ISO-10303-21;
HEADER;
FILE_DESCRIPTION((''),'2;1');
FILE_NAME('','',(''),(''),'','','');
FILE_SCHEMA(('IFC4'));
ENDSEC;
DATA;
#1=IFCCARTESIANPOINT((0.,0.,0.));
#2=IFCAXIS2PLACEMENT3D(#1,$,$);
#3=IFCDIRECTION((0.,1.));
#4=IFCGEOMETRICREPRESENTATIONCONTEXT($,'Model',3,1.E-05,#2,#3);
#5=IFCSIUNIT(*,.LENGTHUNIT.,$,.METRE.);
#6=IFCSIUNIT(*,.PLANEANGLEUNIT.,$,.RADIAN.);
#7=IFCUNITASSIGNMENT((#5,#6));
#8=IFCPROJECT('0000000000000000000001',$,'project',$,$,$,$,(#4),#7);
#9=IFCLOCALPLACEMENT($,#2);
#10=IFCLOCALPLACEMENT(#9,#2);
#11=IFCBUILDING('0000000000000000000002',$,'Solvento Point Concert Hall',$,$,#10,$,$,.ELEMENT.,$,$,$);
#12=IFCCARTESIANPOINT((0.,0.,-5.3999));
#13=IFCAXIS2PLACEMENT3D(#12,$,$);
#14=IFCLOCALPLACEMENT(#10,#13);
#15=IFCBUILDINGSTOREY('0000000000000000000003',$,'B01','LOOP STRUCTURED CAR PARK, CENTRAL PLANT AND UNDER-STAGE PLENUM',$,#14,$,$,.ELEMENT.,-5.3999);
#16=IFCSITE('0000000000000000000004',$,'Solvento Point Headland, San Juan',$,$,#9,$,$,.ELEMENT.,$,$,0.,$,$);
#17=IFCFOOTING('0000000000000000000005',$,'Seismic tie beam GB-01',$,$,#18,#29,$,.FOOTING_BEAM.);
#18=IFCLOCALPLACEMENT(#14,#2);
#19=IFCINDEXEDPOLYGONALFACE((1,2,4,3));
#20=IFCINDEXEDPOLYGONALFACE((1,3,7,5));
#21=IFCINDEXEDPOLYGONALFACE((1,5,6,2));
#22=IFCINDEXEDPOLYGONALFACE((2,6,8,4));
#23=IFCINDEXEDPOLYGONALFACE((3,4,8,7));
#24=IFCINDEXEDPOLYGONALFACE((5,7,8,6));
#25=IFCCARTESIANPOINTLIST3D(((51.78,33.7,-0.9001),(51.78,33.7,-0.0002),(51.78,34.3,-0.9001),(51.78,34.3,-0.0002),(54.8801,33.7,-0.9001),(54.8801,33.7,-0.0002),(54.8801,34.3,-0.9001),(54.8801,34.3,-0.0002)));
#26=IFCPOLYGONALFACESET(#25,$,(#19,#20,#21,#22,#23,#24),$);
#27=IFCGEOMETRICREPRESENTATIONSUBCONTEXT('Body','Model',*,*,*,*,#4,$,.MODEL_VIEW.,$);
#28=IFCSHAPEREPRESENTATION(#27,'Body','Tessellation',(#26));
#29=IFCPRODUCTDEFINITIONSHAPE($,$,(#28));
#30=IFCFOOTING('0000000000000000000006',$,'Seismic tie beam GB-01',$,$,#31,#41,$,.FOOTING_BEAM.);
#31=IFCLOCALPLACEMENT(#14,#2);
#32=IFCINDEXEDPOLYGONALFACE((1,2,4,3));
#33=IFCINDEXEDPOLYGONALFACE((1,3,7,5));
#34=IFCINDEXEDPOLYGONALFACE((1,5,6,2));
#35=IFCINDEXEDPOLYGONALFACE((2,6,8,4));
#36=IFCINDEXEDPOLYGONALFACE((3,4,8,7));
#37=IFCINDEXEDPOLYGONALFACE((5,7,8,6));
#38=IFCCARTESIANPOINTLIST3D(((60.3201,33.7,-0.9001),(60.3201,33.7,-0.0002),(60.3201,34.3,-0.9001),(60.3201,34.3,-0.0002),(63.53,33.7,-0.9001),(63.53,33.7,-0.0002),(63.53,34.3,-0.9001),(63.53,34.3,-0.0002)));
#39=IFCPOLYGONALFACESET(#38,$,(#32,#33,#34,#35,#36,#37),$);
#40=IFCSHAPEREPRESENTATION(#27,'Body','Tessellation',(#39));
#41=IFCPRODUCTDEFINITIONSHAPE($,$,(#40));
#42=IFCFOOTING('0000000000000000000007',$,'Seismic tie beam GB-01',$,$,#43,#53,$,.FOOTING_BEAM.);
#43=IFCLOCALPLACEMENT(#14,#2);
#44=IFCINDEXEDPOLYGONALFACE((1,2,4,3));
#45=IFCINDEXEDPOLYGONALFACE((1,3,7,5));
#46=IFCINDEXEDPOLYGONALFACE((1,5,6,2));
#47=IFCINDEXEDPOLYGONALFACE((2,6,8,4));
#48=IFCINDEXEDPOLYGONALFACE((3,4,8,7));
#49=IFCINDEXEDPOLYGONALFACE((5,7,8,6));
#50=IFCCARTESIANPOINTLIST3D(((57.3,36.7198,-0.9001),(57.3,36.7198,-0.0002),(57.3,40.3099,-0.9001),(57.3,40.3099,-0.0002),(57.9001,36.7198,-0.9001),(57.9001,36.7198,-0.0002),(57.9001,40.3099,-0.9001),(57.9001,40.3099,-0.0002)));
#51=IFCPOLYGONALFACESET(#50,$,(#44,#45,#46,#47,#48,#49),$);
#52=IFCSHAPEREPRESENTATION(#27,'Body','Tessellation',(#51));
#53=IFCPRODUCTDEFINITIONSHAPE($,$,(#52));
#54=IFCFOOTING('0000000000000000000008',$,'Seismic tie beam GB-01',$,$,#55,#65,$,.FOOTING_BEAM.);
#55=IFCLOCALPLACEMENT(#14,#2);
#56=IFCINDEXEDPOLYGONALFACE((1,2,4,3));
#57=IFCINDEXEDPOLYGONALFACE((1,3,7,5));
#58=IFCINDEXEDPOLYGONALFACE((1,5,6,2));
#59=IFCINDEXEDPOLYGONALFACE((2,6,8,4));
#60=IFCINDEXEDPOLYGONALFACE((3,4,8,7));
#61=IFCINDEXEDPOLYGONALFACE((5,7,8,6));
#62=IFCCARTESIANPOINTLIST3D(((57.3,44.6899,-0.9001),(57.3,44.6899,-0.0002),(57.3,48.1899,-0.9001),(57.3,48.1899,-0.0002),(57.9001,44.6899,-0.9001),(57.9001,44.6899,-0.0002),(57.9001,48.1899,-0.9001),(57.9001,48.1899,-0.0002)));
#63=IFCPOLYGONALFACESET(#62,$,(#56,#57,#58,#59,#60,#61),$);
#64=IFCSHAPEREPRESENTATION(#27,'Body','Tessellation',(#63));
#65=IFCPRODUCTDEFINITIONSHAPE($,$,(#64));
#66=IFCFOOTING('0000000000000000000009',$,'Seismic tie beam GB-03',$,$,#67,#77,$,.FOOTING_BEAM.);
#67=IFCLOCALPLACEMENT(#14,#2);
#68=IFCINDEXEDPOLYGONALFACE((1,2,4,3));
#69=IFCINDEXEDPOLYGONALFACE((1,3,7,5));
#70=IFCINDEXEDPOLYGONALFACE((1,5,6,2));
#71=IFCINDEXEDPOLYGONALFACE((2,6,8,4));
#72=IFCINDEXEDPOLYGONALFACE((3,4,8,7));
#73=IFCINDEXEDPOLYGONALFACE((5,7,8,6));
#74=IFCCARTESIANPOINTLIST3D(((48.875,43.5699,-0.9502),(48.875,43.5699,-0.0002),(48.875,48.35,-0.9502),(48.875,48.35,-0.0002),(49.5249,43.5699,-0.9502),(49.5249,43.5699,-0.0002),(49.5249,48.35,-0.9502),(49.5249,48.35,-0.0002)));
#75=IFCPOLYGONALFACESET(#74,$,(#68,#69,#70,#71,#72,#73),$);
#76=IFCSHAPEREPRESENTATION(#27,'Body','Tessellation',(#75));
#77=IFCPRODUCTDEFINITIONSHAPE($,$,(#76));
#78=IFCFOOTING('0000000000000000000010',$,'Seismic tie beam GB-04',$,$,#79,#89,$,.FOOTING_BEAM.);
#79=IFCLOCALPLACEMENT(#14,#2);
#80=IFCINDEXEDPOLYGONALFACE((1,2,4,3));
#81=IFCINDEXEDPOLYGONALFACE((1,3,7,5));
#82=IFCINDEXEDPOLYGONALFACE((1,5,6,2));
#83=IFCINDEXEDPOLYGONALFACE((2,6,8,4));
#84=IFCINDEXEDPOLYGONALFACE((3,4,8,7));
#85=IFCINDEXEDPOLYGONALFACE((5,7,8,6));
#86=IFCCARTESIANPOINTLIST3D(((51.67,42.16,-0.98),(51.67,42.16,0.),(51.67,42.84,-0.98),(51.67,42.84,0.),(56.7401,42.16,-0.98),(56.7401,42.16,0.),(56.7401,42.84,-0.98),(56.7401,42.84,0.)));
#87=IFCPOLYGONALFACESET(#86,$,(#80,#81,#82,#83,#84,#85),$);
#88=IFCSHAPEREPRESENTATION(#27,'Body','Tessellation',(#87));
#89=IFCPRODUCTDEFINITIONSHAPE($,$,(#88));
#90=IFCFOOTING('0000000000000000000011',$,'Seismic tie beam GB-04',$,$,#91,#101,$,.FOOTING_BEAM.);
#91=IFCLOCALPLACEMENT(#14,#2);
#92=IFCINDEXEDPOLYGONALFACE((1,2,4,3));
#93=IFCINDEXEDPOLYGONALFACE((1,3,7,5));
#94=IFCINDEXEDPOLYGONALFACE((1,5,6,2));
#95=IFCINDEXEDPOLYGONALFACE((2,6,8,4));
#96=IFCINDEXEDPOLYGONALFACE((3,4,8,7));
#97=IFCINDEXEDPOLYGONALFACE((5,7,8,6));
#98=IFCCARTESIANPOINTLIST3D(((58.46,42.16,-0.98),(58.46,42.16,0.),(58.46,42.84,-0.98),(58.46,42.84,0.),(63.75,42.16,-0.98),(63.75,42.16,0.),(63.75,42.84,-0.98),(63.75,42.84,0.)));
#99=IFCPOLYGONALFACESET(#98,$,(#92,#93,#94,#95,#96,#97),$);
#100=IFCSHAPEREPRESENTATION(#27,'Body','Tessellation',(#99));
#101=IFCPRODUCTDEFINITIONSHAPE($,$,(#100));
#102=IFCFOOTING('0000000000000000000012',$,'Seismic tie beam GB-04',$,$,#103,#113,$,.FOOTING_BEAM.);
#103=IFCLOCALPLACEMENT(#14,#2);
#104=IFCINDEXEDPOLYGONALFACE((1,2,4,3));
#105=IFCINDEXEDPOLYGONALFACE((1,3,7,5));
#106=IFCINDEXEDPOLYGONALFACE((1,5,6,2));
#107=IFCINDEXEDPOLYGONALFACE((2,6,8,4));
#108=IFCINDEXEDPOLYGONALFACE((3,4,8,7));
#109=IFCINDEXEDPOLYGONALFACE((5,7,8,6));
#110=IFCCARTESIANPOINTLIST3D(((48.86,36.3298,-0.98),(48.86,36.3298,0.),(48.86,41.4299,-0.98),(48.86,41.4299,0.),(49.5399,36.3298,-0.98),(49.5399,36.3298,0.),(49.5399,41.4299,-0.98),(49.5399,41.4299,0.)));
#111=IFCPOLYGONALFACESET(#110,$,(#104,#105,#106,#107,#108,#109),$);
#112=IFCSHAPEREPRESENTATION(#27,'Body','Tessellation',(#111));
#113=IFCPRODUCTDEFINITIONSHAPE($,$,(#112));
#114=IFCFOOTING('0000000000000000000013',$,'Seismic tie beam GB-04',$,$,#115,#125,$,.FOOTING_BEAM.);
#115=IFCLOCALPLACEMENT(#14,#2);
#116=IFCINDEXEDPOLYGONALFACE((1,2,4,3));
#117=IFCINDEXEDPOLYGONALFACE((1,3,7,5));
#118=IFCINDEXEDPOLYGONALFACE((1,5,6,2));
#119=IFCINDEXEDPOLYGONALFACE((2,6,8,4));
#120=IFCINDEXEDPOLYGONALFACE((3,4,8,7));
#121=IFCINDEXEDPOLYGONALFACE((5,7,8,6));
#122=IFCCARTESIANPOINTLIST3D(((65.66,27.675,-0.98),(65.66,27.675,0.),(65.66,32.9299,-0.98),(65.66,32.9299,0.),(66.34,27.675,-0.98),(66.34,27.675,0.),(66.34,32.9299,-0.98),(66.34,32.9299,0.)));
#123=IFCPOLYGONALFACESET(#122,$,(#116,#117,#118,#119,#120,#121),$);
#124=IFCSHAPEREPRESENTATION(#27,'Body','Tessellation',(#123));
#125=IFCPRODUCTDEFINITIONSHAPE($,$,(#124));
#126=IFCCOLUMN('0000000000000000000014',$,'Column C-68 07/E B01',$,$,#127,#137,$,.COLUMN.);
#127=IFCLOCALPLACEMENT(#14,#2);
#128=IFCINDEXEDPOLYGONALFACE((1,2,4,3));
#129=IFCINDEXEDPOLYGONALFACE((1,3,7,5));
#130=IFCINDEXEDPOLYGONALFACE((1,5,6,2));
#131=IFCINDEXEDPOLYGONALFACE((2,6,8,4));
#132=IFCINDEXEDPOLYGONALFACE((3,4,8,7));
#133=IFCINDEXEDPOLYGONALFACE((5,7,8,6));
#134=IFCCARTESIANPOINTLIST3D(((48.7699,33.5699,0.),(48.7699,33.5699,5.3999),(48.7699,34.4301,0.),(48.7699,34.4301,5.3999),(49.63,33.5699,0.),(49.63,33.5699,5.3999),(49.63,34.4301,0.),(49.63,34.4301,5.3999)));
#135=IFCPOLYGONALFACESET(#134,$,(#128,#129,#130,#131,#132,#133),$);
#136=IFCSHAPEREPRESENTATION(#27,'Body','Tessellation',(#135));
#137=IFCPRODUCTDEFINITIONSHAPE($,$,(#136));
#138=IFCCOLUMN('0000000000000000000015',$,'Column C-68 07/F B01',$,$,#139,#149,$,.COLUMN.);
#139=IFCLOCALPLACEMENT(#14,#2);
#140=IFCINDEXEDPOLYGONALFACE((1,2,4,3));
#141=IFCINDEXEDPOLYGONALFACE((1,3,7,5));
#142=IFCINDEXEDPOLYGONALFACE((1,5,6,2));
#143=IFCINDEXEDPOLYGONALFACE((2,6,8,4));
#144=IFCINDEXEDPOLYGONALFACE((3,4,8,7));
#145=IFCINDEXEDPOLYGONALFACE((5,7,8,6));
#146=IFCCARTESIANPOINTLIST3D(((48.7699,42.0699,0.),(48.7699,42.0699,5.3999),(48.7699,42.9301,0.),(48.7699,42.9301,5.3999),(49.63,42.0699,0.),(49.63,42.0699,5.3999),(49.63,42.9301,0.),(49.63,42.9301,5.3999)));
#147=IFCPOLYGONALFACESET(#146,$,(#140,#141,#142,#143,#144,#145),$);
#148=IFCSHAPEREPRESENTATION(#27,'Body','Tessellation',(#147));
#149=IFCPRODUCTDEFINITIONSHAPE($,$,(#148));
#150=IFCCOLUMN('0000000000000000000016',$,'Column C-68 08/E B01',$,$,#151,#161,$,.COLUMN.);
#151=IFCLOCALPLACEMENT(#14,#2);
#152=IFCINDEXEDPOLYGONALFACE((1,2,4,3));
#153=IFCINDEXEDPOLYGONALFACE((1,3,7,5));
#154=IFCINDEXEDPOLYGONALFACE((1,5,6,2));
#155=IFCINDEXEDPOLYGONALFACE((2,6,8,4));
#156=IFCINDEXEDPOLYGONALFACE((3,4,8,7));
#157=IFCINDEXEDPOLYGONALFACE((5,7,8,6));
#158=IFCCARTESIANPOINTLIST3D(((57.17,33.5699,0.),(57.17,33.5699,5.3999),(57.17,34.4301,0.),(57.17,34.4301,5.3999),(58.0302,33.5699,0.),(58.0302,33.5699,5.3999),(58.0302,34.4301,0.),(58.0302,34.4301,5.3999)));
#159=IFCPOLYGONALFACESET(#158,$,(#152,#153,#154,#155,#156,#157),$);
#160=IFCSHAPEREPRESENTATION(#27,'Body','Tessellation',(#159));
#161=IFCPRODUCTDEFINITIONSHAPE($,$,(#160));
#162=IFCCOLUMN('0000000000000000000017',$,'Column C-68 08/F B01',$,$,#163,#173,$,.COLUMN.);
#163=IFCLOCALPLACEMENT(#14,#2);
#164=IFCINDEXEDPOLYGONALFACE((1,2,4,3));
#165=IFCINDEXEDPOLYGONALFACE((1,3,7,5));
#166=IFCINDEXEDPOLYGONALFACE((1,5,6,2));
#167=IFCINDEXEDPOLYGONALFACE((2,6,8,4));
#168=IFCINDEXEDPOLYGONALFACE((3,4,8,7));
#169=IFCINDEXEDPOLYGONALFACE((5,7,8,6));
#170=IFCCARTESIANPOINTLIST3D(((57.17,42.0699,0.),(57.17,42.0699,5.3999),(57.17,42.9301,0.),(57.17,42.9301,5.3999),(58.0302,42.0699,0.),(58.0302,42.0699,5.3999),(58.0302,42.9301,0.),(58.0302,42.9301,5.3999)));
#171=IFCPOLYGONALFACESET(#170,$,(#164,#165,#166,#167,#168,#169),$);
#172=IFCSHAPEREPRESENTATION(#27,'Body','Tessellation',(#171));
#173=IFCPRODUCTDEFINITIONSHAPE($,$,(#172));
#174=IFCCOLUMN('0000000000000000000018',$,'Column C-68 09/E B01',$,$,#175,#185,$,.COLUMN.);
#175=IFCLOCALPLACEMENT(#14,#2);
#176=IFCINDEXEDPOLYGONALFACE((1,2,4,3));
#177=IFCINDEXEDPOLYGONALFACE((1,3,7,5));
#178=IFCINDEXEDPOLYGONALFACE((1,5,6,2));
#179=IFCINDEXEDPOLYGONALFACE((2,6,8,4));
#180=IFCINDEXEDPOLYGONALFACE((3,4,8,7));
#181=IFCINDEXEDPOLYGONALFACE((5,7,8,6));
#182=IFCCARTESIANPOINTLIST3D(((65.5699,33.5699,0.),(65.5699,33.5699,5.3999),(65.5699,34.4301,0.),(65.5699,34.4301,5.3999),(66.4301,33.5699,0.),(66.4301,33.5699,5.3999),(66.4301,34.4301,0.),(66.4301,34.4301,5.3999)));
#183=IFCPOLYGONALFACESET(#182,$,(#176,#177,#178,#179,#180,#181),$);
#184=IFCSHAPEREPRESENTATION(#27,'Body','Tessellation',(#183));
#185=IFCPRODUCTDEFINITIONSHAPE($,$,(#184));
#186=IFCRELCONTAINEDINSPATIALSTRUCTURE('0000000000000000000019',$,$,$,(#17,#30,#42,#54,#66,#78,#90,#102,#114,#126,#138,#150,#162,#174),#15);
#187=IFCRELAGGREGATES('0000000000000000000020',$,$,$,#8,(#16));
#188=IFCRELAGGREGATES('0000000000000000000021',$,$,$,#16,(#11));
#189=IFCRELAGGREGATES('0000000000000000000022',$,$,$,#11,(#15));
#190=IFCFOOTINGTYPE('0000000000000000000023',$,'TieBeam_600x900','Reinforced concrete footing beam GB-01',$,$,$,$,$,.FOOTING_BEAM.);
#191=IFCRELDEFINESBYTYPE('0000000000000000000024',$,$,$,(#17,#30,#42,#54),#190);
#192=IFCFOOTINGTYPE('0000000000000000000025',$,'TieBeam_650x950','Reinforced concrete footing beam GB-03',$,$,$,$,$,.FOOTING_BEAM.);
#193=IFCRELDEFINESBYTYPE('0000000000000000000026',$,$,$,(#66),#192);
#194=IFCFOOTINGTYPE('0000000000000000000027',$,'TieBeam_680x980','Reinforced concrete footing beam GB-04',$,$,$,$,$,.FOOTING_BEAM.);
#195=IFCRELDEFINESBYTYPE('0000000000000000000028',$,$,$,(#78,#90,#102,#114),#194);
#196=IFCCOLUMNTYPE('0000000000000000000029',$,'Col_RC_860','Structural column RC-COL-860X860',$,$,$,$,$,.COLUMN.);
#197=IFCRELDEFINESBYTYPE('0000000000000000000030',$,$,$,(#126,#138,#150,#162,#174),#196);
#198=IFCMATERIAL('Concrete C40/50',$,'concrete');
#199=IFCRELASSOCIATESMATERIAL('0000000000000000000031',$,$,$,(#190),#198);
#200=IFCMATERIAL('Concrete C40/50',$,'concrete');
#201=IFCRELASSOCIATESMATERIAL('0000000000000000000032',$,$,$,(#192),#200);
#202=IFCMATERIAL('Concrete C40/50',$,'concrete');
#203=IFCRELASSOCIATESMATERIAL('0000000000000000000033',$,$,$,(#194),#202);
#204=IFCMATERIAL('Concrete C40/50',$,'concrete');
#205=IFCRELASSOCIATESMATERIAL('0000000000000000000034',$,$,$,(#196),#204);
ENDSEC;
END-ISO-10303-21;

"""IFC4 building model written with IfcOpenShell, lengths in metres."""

from ifc_helpers import new_model, si_unit, direction, frame, origin, origin_2d, place, context, subcontext, project, spatial, rectangle, extrude, material, material_profile, profile_set, type_object, element, save


model = new_model("IFC4")

# Units and contexts
model_context = context("Model", 3, precision=1e-05, world=origin(), true_north=direction((0.0, 1.0)))
body_context = subcontext(model_context, "Body", "Model", "MODEL_VIEW")
ifc_project = project(units=[si_unit("LENGTHUNIT", "METRE"), si_unit("PLANEANGLEUNIT", "RADIAN")], contexts=[model_context])

# Site, building, storey
site_placement = place(None, origin())
site = spatial("IfcSite", under=ifc_project, at=site_placement, Name="Solvento Point Headland, San Juan", CompositionType="ELEMENT", RefElevation=0.0)
building_placement = place(site_placement, origin())
building = spatial("IfcBuilding", under=site, at=building_placement, Name="Solvento Point Concert Hall", CompositionType="ELEMENT")
storey_placement = place(building_placement, frame((0.0, 0.0, -5.3999)))
storey = spatial("IfcBuildingStorey", under=building, at=storey_placement, Name="B01", Description="LOOP STRUCTURED CAR PARK, CENTRAL PLANT AND UNDER-STAGE PLENUM", CompositionType="ELEMENT", Elevation=-5.3999)

# Footings
ifc_material_1 = material(Name="Concrete C40/50", Category="concrete")
footing_type_1 = type_object("IfcFootingType", Name="TieBeam_600x900", Description="Reinforced concrete footing beam GB-01", PredefinedType="FOOTING_BEAM", material=ifc_material_1)
footing_1_placement = place(storey_placement, frame((53.3301, 34.0, -0.9001), z_axis=(0.0, 0.0, 1.0), x_axis=(1.0, 0.0, 0.0)))
element("IfcFooting", 1, at=footing_1_placement, inside=storey, type_object=footing_type_1, Name="Seismic tie beam GB-01", PredefinedType="FOOTING_BEAM", context=body_context, shape_type="SweptSolid", body=[
    extrude(rectangle(XDim=3.1001, YDim=0.6001, at=origin_2d()), origin(), (0.0, 0.0, 1.0), 0.8999),
])
footing_2_placement = place(storey_placement, frame((61.925, 34.0, -0.9001), z_axis=(0.0, 0.0, 1.0), x_axis=(1.0, 0.0, 0.0)))
element("IfcFooting", 2, at=footing_2_placement, inside=storey, type_object=footing_type_1, Name="Seismic tie beam GB-01", PredefinedType="FOOTING_BEAM", context=body_context, shape_type="SweptSolid", body=[
    extrude(rectangle(XDim=3.21, YDim=0.6001, at=origin_2d()), origin(), (0.0, 0.0, 1.0), 0.8999),
])
footing_3_placement = place(storey_placement, frame((57.6001, 38.5149, -0.9001), z_axis=(0.0, 0.0, 1.0), x_axis=(0.0, 1.0, 0.0)))
element("IfcFooting", 3, at=footing_3_placement, inside=storey, type_object=footing_type_1, Name="Seismic tie beam GB-01", PredefinedType="FOOTING_BEAM", context=body_context, shape_type="SweptSolid", body=[
    extrude(rectangle(XDim=3.5901, YDim=0.6001, at=origin_2d()), origin(), (0.0, 0.0, 1.0), 0.8999),
])
footing_4_placement = place(storey_placement, frame((57.6001, 46.4399, -0.9001), z_axis=(0.0, 0.0, 1.0), x_axis=(0.0, 1.0, 0.0)))
element("IfcFooting", 4, at=footing_4_placement, inside=storey, type_object=footing_type_1, Name="Seismic tie beam GB-01", PredefinedType="FOOTING_BEAM", context=body_context, shape_type="SweptSolid", body=[
    extrude(rectangle(XDim=3.5, YDim=0.6001, at=origin_2d()), origin(), (0.0, 0.0, 1.0), 0.8999),
])
ifc_material_2 = material(Name="Concrete C40/50", Category="concrete")
footing_type_2 = type_object("IfcFootingType", Name="TieBeam_650x950", Description="Reinforced concrete footing beam GB-03", PredefinedType="FOOTING_BEAM", material=ifc_material_2)
footing_5_placement = place(storey_placement, frame((49.2, 45.96, -0.9502), z_axis=(0.0, 0.0, 1.0), x_axis=(0.0, 1.0, 0.0)))
element("IfcFooting", 5, at=footing_5_placement, inside=storey, type_object=footing_type_2, Name="Seismic tie beam GB-03", PredefinedType="FOOTING_BEAM", context=body_context, shape_type="SweptSolid", body=[
    extrude(rectangle(XDim=4.78, YDim=0.6499, at=origin_2d()), origin(), (0.0, 0.0, 1.0), 0.95),
])
ifc_material_3 = material(Name="Concrete C40/50", Category="concrete")
footing_type_3 = type_object("IfcFootingType", Name="TieBeam_680x980", Description="Reinforced concrete footing beam GB-04", PredefinedType="FOOTING_BEAM", material=ifc_material_3)
footing_6_placement = place(storey_placement, frame((54.2051, 42.5, -0.98), z_axis=(0.0, 0.0, 1.0), x_axis=(1.0, 0.0, 0.0)))
element("IfcFooting", 6, at=footing_6_placement, inside=storey, type_object=footing_type_3, Name="Seismic tie beam GB-04", PredefinedType="FOOTING_BEAM", context=body_context, shape_type="SweptSolid", body=[
    extrude(rectangle(XDim=5.0701, YDim=0.6799, at=origin_2d()), origin(), (0.0, 0.0, 1.0), 0.98),
])
footing_7_placement = place(storey_placement, frame((61.105, 42.5, -0.98), z_axis=(0.0, 0.0, 1.0), x_axis=(1.0, 0.0, 0.0)))
element("IfcFooting", 7, at=footing_7_placement, inside=storey, type_object=footing_type_3, Name="Seismic tie beam GB-04", PredefinedType="FOOTING_BEAM", context=body_context, shape_type="SweptSolid", body=[
    extrude(rectangle(XDim=5.29, YDim=0.6799, at=origin_2d()), origin(), (0.0, 0.0, 1.0), 0.98),
])
footing_8_placement = place(storey_placement, frame((49.2, 38.8799, -0.98), z_axis=(0.0, 0.0, 1.0), x_axis=(0.0, 1.0, 0.0)))
element("IfcFooting", 8, at=footing_8_placement, inside=storey, type_object=footing_type_3, Name="Seismic tie beam GB-04", PredefinedType="FOOTING_BEAM", context=body_context, shape_type="SweptSolid", body=[
    extrude(rectangle(XDim=5.1001, YDim=0.6799, at=origin_2d()), origin(), (0.0, 0.0, 1.0), 0.98),
])
footing_9_placement = place(storey_placement, frame((66.0, 30.3025, -0.98), z_axis=(0.0, 0.0, 1.0), x_axis=(0.0, 1.0, 0.0)))
element("IfcFooting", 9, at=footing_9_placement, inside=storey, type_object=footing_type_3, Name="Seismic tie beam GB-04", PredefinedType="FOOTING_BEAM", context=body_context, shape_type="SweptSolid", body=[
    extrude(rectangle(XDim=5.2549, YDim=0.6799, at=origin_2d()), origin(), (0.0, 0.0, 1.0), 0.98),
])

# Columns
ifc_material_4 = material(Name="Concrete C40/50", Category="concrete")
ifc_material_profile_1 = material_profile(ifc_material_4, rectangle(XDim=0.8601, YDim=0.8601, at=origin_2d()), Name="RC-COL-860X860")
ifc_profile_set_1 = profile_set([ifc_material_profile_1], Name="Concrete C40/50")
column_type = type_object("IfcColumnType", Name="Col_RC_860", Description="Structural column RC-COL-860X860", PredefinedType="COLUMN", material=ifc_profile_set_1)
for number, where, z_axis, x_axis, name in (
    (10, (49.2, 34.0, 0.0), (0.0, 0.0, 1.0), (1.0, 0.0, 0.0), "Column C-68 07/E B01"),
    (11, (49.2, 42.5, 0.0), (0.0, 0.0, 1.0), (1.0, 0.0, 0.0), "Column C-68 07/F B01"),
    (12, (57.6001, 34.0, 0.0), (0.0, 0.0, 1.0), (1.0, 0.0, 0.0), "Column C-68 08/E B01"),
    (13, (57.6001, 42.5, 0.0), (0.0, 0.0, 1.0), (1.0, 0.0, 0.0), "Column C-68 08/F B01"),
    (14, (66.0, 34.0, 0.0), (0.0, 0.0, 1.0), (1.0, 0.0, 0.0), "Column C-68 09/E B01"),
):
    element("IfcColumn", number, at=place(storey_placement, frame(where, z_axis=z_axis, x_axis=x_axis)), inside=storey, type_object=column_type, Name=name, PredefinedType="COLUMN", context=body_context, shape_type="SweptSolid", body=[
        extrude(rectangle(XDim=0.8601, YDim=0.8601, at=origin_2d()), origin(), (0.0, 0.0, 1.0), 5.3999),
    ])

save(model, "model.ifc")
